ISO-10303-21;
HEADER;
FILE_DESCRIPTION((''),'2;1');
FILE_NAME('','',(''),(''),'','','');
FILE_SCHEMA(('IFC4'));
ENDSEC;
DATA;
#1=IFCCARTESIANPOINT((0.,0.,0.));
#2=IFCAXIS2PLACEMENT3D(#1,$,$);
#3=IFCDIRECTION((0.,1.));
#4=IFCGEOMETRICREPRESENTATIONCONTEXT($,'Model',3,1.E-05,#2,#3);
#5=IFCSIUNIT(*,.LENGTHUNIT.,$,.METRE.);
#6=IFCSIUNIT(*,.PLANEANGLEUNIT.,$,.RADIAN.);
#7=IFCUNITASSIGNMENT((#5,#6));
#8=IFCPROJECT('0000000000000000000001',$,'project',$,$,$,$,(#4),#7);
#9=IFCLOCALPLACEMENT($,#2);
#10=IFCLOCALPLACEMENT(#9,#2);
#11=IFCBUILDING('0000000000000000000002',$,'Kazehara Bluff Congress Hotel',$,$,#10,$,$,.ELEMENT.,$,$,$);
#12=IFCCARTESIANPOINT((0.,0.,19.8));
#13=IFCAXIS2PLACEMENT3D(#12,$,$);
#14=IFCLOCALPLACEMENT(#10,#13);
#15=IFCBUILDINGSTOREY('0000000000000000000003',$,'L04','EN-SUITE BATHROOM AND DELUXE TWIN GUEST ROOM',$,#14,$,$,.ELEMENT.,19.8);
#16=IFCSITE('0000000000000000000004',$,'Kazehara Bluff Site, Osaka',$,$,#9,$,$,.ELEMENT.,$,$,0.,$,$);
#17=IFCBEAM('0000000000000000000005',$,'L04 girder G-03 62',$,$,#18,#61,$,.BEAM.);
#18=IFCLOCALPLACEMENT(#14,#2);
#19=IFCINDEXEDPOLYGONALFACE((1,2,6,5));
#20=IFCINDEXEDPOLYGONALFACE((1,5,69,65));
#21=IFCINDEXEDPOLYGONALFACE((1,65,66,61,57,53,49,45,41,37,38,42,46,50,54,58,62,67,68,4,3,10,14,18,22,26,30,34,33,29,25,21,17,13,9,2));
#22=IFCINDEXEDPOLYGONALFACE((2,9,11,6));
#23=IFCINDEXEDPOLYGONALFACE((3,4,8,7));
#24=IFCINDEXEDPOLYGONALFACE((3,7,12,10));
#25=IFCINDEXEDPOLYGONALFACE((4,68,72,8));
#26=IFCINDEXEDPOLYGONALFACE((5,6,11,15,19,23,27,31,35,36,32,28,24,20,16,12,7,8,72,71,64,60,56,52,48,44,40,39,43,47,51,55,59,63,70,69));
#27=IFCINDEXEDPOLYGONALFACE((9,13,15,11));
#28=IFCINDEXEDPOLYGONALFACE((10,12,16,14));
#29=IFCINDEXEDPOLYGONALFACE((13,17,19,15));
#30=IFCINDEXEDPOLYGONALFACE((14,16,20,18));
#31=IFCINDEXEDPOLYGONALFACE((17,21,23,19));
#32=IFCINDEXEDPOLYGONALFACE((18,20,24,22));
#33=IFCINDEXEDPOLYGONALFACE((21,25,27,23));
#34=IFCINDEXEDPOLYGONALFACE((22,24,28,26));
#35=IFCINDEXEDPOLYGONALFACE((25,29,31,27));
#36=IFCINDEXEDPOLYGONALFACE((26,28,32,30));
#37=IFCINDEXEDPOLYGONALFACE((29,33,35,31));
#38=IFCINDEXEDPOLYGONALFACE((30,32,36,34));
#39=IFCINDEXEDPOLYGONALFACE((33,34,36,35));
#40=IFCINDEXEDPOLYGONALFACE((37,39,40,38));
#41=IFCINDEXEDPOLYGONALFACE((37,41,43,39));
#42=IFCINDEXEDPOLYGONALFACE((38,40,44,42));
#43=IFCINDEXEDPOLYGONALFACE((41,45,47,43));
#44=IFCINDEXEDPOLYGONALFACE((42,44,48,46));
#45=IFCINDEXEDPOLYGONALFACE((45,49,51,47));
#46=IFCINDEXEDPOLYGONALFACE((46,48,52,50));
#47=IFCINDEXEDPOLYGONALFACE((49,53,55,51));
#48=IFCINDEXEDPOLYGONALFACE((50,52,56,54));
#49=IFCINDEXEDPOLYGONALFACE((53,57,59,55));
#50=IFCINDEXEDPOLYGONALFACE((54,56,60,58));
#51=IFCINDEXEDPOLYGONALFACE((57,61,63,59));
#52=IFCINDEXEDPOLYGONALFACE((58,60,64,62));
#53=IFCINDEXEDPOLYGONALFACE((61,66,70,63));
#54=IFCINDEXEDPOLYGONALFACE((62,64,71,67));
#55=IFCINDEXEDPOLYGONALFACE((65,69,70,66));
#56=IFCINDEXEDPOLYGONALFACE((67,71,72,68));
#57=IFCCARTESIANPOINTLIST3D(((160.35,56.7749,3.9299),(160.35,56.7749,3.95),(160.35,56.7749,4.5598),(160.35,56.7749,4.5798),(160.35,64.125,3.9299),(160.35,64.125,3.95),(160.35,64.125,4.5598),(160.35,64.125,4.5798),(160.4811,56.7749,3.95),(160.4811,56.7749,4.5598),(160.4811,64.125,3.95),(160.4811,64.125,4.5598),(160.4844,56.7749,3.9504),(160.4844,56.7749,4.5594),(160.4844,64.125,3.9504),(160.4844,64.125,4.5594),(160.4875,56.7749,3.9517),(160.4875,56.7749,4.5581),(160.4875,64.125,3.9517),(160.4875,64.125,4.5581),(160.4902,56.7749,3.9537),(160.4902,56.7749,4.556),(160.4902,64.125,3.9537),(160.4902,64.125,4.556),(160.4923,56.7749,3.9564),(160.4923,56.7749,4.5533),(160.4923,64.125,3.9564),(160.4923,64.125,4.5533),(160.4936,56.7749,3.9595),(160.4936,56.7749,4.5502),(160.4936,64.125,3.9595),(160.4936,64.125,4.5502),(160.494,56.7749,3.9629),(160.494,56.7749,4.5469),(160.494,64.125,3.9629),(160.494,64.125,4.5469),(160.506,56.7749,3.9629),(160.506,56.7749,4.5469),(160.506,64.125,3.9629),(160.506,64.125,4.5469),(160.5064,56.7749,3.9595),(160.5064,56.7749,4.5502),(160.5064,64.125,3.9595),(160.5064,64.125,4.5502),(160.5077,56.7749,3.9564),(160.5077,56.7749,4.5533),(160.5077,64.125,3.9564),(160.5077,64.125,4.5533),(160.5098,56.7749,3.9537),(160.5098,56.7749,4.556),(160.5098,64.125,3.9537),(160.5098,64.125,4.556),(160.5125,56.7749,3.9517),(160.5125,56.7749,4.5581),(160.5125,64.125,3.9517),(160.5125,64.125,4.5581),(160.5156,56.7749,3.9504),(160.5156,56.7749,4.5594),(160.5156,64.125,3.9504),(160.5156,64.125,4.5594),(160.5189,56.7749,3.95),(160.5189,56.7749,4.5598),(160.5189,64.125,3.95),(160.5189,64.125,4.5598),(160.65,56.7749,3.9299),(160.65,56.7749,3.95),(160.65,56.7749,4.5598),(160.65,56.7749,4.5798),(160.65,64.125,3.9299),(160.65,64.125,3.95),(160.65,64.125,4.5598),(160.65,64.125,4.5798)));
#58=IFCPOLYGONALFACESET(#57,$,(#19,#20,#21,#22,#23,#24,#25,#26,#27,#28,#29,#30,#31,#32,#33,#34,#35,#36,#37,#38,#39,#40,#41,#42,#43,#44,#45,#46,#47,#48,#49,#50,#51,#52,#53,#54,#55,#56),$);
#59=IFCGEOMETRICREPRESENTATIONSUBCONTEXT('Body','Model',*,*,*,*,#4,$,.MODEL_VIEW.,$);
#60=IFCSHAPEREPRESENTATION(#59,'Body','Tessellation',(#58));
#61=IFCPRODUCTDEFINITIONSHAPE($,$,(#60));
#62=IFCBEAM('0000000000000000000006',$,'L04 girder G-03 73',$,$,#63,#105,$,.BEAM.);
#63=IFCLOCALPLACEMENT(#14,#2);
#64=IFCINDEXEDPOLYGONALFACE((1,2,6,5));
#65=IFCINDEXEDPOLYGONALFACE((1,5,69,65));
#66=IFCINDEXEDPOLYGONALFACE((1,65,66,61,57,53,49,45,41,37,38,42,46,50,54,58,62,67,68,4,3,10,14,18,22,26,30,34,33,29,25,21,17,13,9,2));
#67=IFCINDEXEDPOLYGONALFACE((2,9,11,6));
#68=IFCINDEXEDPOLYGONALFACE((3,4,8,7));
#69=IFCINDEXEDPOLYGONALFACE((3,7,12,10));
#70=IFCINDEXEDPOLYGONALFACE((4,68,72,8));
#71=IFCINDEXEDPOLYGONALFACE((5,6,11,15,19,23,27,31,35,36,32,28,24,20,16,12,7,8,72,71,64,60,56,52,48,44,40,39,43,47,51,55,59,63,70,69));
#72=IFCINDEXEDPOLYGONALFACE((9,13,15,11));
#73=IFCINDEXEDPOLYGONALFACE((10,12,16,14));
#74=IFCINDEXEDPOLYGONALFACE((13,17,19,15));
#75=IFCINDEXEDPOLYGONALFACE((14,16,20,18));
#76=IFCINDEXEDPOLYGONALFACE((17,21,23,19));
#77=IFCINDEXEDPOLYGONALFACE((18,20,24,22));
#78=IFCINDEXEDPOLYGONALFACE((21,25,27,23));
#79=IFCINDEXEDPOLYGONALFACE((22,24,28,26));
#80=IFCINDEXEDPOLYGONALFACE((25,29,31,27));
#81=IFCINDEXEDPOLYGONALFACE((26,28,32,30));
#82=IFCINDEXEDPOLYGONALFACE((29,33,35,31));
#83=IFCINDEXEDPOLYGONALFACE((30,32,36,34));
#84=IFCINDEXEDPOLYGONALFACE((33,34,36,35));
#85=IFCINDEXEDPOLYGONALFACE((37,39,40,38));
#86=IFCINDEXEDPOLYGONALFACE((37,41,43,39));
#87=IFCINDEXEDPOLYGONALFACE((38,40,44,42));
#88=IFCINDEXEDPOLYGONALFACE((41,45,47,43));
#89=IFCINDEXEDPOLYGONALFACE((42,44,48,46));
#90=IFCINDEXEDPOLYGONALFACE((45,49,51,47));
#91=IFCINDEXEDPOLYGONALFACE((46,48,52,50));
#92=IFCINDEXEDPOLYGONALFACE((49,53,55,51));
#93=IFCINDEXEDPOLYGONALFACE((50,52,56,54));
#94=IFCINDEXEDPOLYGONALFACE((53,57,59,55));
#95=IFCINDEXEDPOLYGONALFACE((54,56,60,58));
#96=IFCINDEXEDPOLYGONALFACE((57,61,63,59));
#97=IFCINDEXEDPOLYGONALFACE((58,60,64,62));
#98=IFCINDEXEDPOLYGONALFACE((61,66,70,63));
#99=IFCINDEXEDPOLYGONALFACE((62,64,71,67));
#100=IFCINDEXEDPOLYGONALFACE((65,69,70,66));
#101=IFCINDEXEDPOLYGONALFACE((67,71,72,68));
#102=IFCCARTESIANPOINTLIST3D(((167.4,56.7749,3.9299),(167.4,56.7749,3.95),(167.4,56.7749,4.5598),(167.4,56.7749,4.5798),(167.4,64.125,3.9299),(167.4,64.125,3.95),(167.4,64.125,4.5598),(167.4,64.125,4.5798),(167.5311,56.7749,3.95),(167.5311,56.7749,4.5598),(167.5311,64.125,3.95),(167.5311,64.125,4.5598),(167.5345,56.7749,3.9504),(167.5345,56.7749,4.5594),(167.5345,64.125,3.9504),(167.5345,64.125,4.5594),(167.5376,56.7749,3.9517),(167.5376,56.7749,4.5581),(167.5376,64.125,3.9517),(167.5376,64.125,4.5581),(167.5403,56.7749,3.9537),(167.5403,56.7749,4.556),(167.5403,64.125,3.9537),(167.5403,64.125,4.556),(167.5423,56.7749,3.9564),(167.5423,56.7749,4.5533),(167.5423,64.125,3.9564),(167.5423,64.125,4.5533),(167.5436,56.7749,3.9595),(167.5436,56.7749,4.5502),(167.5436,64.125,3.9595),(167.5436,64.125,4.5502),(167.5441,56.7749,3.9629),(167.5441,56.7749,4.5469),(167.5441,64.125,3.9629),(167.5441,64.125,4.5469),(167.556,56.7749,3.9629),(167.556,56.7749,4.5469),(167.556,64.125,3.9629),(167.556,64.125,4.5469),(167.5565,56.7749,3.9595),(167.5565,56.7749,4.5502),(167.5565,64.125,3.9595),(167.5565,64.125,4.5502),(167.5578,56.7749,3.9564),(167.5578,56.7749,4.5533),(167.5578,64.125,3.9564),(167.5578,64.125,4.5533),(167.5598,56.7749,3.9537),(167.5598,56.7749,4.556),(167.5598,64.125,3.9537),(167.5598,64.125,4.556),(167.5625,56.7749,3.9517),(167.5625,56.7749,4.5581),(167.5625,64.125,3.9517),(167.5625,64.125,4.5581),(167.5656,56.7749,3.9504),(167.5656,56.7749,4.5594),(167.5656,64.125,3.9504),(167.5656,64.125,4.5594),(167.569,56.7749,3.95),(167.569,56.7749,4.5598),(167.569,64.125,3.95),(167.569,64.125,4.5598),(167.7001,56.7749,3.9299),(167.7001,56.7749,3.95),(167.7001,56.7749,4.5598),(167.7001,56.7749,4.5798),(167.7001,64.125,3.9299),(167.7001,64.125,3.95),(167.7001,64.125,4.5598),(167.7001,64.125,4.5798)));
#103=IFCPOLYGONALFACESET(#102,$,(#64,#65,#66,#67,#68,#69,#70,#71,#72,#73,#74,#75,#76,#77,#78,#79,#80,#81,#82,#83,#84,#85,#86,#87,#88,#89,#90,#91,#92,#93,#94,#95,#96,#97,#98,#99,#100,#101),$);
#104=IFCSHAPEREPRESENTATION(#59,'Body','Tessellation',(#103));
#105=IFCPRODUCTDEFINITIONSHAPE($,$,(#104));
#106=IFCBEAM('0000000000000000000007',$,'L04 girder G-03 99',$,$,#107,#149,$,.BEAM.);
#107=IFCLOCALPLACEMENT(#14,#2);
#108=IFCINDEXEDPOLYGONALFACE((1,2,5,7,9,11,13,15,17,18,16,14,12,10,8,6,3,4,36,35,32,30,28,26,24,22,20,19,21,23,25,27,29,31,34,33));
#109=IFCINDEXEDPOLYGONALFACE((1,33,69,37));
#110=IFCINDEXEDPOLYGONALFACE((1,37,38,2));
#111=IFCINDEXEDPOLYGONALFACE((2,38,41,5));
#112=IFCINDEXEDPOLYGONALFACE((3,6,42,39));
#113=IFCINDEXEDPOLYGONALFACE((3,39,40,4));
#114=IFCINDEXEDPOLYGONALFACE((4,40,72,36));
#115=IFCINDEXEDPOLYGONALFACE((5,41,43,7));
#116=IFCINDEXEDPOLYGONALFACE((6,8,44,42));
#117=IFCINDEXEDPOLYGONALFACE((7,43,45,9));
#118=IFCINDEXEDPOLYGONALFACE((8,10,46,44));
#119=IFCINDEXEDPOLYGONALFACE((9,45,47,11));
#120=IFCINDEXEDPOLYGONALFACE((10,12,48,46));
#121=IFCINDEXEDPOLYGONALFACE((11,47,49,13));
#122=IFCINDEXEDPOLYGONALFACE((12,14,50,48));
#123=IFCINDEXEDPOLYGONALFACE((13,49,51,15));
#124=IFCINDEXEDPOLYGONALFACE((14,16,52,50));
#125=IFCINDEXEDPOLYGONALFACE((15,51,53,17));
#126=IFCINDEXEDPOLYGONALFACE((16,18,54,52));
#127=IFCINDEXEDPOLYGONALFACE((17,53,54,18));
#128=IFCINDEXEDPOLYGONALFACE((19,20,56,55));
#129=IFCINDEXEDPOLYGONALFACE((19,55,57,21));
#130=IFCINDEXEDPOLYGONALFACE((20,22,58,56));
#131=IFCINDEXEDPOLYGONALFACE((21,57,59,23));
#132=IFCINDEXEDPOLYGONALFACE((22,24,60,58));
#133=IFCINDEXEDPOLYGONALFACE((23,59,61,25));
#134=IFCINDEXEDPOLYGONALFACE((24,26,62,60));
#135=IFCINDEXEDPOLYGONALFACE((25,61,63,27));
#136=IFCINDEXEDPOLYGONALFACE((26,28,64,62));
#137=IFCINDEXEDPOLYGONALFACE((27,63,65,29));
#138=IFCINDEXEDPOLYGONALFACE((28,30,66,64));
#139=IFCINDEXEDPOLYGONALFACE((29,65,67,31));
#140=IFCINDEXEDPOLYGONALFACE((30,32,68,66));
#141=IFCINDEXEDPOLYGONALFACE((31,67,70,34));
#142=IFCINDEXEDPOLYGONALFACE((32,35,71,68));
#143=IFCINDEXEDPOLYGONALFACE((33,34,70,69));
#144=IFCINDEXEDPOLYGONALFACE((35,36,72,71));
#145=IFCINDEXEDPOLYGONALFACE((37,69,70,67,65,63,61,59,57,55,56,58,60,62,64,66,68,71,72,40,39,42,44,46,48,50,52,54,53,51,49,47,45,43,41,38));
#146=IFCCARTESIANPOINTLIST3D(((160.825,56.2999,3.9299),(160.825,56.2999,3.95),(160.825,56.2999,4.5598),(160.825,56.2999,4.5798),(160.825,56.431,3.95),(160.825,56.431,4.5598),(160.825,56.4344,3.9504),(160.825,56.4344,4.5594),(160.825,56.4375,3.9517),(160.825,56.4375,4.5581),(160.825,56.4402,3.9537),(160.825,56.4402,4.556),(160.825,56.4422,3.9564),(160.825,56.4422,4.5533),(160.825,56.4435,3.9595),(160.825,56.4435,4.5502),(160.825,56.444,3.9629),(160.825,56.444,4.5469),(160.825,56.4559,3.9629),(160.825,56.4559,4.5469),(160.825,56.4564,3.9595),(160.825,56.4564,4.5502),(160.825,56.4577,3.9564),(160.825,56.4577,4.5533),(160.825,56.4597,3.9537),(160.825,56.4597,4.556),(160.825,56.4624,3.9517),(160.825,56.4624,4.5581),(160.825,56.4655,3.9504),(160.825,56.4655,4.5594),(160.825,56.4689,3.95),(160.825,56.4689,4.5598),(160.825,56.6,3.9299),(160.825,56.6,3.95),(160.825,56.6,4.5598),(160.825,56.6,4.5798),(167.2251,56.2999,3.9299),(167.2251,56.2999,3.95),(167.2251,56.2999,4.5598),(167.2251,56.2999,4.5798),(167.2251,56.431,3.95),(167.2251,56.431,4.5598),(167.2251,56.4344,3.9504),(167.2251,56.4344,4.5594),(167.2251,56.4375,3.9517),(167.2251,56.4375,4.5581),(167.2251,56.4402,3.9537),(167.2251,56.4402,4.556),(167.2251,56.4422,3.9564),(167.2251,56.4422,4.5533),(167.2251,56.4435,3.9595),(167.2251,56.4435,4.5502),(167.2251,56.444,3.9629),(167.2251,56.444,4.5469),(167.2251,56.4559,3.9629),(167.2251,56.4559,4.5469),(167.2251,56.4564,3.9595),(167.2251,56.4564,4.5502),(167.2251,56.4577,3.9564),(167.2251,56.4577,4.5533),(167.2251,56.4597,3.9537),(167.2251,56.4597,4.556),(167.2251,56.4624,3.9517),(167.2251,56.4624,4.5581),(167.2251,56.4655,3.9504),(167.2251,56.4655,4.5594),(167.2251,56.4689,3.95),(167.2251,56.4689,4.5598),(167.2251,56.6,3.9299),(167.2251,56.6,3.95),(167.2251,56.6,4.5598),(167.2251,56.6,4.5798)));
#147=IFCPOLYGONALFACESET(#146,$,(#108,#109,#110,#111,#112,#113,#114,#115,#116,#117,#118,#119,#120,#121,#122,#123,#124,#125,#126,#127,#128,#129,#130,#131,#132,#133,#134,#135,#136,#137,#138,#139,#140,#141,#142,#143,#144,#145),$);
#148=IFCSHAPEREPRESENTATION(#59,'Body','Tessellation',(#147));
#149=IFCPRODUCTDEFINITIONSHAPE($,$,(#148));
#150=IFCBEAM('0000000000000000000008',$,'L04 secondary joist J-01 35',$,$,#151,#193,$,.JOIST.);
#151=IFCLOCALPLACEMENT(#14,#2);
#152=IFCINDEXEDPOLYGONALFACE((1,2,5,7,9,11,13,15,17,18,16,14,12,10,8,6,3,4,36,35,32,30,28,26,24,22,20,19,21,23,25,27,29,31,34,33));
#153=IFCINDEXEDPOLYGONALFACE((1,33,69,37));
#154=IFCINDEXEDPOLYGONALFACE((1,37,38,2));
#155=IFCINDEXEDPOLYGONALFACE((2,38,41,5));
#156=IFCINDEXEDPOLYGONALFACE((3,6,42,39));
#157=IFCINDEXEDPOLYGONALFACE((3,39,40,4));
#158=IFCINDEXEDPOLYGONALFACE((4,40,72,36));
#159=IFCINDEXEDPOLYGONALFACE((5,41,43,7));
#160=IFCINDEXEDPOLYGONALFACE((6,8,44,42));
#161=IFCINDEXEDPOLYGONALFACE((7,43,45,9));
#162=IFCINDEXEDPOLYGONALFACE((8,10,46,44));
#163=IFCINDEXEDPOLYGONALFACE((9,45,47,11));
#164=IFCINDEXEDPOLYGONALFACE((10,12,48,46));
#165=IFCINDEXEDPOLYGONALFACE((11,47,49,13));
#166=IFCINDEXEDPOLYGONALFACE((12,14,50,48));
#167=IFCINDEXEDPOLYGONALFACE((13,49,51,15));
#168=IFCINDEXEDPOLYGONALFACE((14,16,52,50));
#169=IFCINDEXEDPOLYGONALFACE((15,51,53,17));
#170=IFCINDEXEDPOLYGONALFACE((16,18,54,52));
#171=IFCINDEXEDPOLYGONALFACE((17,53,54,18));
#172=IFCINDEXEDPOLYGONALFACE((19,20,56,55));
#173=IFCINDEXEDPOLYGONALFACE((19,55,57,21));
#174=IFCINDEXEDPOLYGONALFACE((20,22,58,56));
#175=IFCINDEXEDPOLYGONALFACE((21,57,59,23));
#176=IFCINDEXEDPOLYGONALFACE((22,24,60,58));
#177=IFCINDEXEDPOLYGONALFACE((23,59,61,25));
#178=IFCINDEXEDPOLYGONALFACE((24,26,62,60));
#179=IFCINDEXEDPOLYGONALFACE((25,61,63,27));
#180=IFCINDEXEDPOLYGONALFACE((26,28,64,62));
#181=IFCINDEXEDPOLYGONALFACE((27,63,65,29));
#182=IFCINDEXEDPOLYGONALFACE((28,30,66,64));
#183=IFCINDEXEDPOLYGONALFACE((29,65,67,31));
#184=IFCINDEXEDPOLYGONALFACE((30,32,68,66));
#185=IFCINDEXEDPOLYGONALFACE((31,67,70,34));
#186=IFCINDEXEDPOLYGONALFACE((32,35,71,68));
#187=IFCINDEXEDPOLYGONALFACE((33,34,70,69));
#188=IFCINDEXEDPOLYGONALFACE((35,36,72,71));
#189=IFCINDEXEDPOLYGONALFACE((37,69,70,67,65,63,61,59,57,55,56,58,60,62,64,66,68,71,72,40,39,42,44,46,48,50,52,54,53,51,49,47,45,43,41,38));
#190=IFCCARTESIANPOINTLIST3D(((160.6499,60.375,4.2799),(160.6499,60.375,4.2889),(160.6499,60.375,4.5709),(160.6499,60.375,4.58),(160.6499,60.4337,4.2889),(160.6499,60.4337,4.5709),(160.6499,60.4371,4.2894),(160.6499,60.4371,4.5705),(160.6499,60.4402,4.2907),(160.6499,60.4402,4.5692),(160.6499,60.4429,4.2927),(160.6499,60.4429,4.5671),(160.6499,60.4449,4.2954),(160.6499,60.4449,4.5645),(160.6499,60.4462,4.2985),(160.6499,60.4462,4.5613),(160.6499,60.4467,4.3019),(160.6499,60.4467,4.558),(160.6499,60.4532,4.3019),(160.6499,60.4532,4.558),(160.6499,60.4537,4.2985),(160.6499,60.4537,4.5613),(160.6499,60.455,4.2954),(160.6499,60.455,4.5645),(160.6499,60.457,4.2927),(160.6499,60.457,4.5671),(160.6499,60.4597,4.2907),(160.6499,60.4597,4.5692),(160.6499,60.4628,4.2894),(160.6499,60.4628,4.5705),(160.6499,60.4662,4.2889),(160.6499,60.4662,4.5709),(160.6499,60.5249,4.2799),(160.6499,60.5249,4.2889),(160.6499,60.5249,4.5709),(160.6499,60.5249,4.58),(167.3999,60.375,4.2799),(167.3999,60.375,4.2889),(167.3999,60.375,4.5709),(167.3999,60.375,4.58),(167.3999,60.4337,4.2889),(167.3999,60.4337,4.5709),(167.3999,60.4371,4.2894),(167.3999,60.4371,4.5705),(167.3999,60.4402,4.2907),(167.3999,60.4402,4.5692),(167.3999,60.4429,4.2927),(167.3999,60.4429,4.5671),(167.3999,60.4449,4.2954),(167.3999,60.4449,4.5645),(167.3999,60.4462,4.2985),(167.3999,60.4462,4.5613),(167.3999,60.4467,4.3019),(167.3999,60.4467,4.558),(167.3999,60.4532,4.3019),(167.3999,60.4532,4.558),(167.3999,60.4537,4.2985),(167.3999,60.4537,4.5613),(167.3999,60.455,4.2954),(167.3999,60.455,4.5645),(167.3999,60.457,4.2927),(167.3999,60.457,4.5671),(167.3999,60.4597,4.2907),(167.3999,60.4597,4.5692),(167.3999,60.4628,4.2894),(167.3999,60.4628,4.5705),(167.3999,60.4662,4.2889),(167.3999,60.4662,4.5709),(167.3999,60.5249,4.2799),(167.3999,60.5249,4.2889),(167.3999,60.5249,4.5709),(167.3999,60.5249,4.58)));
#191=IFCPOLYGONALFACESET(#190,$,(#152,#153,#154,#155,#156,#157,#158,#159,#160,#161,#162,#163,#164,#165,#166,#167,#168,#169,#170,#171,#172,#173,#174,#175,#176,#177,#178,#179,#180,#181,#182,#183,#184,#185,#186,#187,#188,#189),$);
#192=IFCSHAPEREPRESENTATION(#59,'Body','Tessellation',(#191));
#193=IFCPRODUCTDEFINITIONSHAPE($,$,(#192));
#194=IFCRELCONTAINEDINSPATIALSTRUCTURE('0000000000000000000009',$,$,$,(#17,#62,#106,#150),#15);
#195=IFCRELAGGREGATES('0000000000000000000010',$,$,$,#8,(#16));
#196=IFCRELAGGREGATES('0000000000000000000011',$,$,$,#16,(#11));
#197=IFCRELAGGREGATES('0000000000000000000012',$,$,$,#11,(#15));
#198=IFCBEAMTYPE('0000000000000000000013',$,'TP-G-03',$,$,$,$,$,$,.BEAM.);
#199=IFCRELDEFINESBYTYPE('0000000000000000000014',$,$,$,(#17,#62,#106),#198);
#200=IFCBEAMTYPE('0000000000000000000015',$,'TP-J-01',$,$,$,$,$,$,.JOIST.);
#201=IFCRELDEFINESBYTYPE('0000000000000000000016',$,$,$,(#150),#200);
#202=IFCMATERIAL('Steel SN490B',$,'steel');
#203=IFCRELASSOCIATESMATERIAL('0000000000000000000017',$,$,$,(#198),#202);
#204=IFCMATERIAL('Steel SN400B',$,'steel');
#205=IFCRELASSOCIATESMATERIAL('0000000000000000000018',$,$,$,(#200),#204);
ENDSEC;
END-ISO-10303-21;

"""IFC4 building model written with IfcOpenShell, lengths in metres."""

from ifc_helpers import new_model, si_unit, direction, frame, origin, origin_2d, place, context, subcontext, project, spatial, i_section, extrude, material, material_profile, profile_set, type_object, element, save


model = new_model("IFC4")

# Units and contexts
model_context = context("Model", 3, precision=1e-05, world=origin(), true_north=direction((0.0, 1.0)))
body_context = subcontext(model_context, "Body", "Model", "MODEL_VIEW")
ifc_project = project(units=[si_unit("LENGTHUNIT", "METRE"), si_unit("PLANEANGLEUNIT", "RADIAN")], contexts=[model_context])

# Site, building, storey
site_placement = place(None, origin())
site = spatial("IfcSite", under=ifc_project, at=site_placement, Name="Kazehara Bluff Site, Osaka", CompositionType="ELEMENT", RefElevation=0.0)
building_placement = place(site_placement, origin())
building = spatial("IfcBuilding", under=site, at=building_placement, Name="Kazehara Bluff Congress Hotel", CompositionType="ELEMENT")
storey_placement = place(building_placement, frame((0.0, 0.0, 19.8)))
storey = spatial("IfcBuildingStorey", under=building, at=storey_placement, Name="L04", Description="EN-SUITE BATHROOM AND DELUXE TWIN GUEST ROOM", CompositionType="ELEMENT", Elevation=19.8)

# Beams
ifc_material_1 = material(Name="Steel SN490B", Category="steel")
ifc_material_profile_1 = material_profile(ifc_material_1, i_section(OverallWidth=0.3, OverallDepth=0.6499, WebThickness=0.012, FlangeThickness=0.02, FilletRadius=0.0129, at=origin_2d()))
ifc_profile_set_1 = profile_set([ifc_material_profile_1], Name="Steel SN490B")
beam_type_1 = type_object("IfcBeamType", Name="TP-G-03", PredefinedType="BEAM", material=ifc_profile_set_1)
for number, where, z_axis, x_axis, name in (
    (1, (160.5, 56.7749, 4.2549), (0.0, 1.0, 0.0), (-1.0, 0.0, 0.0), "L04 girder G-03 62"),
    (2, (167.55, 56.7749, 4.2549), (0.0, 1.0, 0.0), (-1.0, 0.0, 0.0), "L04 girder G-03 73"),
):
    element("IfcBeam", number, at=place(storey_placement, frame(where, z_axis=z_axis, x_axis=x_axis)), inside=storey, type_object=beam_type_1, Name=name, PredefinedType="BEAM", context=body_context, shape_type="SweptSolid", body=[
        extrude(i_section(OverallWidth=0.3, OverallDepth=0.6499, WebThickness=0.012, FlangeThickness=0.02, FilletRadius=0.0129, at=origin_2d()), origin(), (0.0, 0.0, 1.0), 7.3501),
    ])
beam_1_placement = place(storey_placement, frame((160.825, 56.45, 4.2549), z_axis=(1.0, 0.0, 0.0), x_axis=(0.0, 1.0, 0.0)))
element("IfcBeam", 3, at=beam_1_placement, inside=storey, type_object=beam_type_1, Name="L04 girder G-03 99", PredefinedType="BEAM", context=body_context, shape_type="SweptSolid", body=[
    extrude(i_section(OverallWidth=0.3, OverallDepth=0.6499, WebThickness=0.012, FlangeThickness=0.02, FilletRadius=0.0129, at=origin_2d()), origin(), (0.0, 0.0, 1.0), 6.4001),
])
ifc_material_2 = material(Name="Steel SN400B", Category="steel")
ifc_material_profile_2 = material_profile(ifc_material_2, i_section(OverallWidth=0.1499, OverallDepth=0.3, WebThickness=0.0066, FlangeThickness=0.009, FilletRadius=0.0129, at=origin_2d()))
ifc_profile_set_2 = profile_set([ifc_material_profile_2], Name="Steel SN400B")
beam_type_2 = type_object("IfcBeamType", Name="TP-J-01", PredefinedType="JOIST", material=ifc_profile_set_2)
beam_2_placement = place(storey_placement, frame((160.6499, 60.45, 4.4299), z_axis=(1.0, 0.0, 0.0), x_axis=(0.0, 1.0, 0.0)))
element("IfcBeam", 4, at=beam_2_placement, inside=storey, type_object=beam_type_2, Name="L04 secondary joist J-01 35", PredefinedType="JOIST", context=body_context, shape_type="SweptSolid", body=[
    extrude(i_section(OverallWidth=0.1499, OverallDepth=0.3, WebThickness=0.0066, FlangeThickness=0.009, FilletRadius=0.0129, at=origin_2d()), origin(), (0.0, 0.0, 1.0), 6.75),
])

save(model, "model.ifc")
